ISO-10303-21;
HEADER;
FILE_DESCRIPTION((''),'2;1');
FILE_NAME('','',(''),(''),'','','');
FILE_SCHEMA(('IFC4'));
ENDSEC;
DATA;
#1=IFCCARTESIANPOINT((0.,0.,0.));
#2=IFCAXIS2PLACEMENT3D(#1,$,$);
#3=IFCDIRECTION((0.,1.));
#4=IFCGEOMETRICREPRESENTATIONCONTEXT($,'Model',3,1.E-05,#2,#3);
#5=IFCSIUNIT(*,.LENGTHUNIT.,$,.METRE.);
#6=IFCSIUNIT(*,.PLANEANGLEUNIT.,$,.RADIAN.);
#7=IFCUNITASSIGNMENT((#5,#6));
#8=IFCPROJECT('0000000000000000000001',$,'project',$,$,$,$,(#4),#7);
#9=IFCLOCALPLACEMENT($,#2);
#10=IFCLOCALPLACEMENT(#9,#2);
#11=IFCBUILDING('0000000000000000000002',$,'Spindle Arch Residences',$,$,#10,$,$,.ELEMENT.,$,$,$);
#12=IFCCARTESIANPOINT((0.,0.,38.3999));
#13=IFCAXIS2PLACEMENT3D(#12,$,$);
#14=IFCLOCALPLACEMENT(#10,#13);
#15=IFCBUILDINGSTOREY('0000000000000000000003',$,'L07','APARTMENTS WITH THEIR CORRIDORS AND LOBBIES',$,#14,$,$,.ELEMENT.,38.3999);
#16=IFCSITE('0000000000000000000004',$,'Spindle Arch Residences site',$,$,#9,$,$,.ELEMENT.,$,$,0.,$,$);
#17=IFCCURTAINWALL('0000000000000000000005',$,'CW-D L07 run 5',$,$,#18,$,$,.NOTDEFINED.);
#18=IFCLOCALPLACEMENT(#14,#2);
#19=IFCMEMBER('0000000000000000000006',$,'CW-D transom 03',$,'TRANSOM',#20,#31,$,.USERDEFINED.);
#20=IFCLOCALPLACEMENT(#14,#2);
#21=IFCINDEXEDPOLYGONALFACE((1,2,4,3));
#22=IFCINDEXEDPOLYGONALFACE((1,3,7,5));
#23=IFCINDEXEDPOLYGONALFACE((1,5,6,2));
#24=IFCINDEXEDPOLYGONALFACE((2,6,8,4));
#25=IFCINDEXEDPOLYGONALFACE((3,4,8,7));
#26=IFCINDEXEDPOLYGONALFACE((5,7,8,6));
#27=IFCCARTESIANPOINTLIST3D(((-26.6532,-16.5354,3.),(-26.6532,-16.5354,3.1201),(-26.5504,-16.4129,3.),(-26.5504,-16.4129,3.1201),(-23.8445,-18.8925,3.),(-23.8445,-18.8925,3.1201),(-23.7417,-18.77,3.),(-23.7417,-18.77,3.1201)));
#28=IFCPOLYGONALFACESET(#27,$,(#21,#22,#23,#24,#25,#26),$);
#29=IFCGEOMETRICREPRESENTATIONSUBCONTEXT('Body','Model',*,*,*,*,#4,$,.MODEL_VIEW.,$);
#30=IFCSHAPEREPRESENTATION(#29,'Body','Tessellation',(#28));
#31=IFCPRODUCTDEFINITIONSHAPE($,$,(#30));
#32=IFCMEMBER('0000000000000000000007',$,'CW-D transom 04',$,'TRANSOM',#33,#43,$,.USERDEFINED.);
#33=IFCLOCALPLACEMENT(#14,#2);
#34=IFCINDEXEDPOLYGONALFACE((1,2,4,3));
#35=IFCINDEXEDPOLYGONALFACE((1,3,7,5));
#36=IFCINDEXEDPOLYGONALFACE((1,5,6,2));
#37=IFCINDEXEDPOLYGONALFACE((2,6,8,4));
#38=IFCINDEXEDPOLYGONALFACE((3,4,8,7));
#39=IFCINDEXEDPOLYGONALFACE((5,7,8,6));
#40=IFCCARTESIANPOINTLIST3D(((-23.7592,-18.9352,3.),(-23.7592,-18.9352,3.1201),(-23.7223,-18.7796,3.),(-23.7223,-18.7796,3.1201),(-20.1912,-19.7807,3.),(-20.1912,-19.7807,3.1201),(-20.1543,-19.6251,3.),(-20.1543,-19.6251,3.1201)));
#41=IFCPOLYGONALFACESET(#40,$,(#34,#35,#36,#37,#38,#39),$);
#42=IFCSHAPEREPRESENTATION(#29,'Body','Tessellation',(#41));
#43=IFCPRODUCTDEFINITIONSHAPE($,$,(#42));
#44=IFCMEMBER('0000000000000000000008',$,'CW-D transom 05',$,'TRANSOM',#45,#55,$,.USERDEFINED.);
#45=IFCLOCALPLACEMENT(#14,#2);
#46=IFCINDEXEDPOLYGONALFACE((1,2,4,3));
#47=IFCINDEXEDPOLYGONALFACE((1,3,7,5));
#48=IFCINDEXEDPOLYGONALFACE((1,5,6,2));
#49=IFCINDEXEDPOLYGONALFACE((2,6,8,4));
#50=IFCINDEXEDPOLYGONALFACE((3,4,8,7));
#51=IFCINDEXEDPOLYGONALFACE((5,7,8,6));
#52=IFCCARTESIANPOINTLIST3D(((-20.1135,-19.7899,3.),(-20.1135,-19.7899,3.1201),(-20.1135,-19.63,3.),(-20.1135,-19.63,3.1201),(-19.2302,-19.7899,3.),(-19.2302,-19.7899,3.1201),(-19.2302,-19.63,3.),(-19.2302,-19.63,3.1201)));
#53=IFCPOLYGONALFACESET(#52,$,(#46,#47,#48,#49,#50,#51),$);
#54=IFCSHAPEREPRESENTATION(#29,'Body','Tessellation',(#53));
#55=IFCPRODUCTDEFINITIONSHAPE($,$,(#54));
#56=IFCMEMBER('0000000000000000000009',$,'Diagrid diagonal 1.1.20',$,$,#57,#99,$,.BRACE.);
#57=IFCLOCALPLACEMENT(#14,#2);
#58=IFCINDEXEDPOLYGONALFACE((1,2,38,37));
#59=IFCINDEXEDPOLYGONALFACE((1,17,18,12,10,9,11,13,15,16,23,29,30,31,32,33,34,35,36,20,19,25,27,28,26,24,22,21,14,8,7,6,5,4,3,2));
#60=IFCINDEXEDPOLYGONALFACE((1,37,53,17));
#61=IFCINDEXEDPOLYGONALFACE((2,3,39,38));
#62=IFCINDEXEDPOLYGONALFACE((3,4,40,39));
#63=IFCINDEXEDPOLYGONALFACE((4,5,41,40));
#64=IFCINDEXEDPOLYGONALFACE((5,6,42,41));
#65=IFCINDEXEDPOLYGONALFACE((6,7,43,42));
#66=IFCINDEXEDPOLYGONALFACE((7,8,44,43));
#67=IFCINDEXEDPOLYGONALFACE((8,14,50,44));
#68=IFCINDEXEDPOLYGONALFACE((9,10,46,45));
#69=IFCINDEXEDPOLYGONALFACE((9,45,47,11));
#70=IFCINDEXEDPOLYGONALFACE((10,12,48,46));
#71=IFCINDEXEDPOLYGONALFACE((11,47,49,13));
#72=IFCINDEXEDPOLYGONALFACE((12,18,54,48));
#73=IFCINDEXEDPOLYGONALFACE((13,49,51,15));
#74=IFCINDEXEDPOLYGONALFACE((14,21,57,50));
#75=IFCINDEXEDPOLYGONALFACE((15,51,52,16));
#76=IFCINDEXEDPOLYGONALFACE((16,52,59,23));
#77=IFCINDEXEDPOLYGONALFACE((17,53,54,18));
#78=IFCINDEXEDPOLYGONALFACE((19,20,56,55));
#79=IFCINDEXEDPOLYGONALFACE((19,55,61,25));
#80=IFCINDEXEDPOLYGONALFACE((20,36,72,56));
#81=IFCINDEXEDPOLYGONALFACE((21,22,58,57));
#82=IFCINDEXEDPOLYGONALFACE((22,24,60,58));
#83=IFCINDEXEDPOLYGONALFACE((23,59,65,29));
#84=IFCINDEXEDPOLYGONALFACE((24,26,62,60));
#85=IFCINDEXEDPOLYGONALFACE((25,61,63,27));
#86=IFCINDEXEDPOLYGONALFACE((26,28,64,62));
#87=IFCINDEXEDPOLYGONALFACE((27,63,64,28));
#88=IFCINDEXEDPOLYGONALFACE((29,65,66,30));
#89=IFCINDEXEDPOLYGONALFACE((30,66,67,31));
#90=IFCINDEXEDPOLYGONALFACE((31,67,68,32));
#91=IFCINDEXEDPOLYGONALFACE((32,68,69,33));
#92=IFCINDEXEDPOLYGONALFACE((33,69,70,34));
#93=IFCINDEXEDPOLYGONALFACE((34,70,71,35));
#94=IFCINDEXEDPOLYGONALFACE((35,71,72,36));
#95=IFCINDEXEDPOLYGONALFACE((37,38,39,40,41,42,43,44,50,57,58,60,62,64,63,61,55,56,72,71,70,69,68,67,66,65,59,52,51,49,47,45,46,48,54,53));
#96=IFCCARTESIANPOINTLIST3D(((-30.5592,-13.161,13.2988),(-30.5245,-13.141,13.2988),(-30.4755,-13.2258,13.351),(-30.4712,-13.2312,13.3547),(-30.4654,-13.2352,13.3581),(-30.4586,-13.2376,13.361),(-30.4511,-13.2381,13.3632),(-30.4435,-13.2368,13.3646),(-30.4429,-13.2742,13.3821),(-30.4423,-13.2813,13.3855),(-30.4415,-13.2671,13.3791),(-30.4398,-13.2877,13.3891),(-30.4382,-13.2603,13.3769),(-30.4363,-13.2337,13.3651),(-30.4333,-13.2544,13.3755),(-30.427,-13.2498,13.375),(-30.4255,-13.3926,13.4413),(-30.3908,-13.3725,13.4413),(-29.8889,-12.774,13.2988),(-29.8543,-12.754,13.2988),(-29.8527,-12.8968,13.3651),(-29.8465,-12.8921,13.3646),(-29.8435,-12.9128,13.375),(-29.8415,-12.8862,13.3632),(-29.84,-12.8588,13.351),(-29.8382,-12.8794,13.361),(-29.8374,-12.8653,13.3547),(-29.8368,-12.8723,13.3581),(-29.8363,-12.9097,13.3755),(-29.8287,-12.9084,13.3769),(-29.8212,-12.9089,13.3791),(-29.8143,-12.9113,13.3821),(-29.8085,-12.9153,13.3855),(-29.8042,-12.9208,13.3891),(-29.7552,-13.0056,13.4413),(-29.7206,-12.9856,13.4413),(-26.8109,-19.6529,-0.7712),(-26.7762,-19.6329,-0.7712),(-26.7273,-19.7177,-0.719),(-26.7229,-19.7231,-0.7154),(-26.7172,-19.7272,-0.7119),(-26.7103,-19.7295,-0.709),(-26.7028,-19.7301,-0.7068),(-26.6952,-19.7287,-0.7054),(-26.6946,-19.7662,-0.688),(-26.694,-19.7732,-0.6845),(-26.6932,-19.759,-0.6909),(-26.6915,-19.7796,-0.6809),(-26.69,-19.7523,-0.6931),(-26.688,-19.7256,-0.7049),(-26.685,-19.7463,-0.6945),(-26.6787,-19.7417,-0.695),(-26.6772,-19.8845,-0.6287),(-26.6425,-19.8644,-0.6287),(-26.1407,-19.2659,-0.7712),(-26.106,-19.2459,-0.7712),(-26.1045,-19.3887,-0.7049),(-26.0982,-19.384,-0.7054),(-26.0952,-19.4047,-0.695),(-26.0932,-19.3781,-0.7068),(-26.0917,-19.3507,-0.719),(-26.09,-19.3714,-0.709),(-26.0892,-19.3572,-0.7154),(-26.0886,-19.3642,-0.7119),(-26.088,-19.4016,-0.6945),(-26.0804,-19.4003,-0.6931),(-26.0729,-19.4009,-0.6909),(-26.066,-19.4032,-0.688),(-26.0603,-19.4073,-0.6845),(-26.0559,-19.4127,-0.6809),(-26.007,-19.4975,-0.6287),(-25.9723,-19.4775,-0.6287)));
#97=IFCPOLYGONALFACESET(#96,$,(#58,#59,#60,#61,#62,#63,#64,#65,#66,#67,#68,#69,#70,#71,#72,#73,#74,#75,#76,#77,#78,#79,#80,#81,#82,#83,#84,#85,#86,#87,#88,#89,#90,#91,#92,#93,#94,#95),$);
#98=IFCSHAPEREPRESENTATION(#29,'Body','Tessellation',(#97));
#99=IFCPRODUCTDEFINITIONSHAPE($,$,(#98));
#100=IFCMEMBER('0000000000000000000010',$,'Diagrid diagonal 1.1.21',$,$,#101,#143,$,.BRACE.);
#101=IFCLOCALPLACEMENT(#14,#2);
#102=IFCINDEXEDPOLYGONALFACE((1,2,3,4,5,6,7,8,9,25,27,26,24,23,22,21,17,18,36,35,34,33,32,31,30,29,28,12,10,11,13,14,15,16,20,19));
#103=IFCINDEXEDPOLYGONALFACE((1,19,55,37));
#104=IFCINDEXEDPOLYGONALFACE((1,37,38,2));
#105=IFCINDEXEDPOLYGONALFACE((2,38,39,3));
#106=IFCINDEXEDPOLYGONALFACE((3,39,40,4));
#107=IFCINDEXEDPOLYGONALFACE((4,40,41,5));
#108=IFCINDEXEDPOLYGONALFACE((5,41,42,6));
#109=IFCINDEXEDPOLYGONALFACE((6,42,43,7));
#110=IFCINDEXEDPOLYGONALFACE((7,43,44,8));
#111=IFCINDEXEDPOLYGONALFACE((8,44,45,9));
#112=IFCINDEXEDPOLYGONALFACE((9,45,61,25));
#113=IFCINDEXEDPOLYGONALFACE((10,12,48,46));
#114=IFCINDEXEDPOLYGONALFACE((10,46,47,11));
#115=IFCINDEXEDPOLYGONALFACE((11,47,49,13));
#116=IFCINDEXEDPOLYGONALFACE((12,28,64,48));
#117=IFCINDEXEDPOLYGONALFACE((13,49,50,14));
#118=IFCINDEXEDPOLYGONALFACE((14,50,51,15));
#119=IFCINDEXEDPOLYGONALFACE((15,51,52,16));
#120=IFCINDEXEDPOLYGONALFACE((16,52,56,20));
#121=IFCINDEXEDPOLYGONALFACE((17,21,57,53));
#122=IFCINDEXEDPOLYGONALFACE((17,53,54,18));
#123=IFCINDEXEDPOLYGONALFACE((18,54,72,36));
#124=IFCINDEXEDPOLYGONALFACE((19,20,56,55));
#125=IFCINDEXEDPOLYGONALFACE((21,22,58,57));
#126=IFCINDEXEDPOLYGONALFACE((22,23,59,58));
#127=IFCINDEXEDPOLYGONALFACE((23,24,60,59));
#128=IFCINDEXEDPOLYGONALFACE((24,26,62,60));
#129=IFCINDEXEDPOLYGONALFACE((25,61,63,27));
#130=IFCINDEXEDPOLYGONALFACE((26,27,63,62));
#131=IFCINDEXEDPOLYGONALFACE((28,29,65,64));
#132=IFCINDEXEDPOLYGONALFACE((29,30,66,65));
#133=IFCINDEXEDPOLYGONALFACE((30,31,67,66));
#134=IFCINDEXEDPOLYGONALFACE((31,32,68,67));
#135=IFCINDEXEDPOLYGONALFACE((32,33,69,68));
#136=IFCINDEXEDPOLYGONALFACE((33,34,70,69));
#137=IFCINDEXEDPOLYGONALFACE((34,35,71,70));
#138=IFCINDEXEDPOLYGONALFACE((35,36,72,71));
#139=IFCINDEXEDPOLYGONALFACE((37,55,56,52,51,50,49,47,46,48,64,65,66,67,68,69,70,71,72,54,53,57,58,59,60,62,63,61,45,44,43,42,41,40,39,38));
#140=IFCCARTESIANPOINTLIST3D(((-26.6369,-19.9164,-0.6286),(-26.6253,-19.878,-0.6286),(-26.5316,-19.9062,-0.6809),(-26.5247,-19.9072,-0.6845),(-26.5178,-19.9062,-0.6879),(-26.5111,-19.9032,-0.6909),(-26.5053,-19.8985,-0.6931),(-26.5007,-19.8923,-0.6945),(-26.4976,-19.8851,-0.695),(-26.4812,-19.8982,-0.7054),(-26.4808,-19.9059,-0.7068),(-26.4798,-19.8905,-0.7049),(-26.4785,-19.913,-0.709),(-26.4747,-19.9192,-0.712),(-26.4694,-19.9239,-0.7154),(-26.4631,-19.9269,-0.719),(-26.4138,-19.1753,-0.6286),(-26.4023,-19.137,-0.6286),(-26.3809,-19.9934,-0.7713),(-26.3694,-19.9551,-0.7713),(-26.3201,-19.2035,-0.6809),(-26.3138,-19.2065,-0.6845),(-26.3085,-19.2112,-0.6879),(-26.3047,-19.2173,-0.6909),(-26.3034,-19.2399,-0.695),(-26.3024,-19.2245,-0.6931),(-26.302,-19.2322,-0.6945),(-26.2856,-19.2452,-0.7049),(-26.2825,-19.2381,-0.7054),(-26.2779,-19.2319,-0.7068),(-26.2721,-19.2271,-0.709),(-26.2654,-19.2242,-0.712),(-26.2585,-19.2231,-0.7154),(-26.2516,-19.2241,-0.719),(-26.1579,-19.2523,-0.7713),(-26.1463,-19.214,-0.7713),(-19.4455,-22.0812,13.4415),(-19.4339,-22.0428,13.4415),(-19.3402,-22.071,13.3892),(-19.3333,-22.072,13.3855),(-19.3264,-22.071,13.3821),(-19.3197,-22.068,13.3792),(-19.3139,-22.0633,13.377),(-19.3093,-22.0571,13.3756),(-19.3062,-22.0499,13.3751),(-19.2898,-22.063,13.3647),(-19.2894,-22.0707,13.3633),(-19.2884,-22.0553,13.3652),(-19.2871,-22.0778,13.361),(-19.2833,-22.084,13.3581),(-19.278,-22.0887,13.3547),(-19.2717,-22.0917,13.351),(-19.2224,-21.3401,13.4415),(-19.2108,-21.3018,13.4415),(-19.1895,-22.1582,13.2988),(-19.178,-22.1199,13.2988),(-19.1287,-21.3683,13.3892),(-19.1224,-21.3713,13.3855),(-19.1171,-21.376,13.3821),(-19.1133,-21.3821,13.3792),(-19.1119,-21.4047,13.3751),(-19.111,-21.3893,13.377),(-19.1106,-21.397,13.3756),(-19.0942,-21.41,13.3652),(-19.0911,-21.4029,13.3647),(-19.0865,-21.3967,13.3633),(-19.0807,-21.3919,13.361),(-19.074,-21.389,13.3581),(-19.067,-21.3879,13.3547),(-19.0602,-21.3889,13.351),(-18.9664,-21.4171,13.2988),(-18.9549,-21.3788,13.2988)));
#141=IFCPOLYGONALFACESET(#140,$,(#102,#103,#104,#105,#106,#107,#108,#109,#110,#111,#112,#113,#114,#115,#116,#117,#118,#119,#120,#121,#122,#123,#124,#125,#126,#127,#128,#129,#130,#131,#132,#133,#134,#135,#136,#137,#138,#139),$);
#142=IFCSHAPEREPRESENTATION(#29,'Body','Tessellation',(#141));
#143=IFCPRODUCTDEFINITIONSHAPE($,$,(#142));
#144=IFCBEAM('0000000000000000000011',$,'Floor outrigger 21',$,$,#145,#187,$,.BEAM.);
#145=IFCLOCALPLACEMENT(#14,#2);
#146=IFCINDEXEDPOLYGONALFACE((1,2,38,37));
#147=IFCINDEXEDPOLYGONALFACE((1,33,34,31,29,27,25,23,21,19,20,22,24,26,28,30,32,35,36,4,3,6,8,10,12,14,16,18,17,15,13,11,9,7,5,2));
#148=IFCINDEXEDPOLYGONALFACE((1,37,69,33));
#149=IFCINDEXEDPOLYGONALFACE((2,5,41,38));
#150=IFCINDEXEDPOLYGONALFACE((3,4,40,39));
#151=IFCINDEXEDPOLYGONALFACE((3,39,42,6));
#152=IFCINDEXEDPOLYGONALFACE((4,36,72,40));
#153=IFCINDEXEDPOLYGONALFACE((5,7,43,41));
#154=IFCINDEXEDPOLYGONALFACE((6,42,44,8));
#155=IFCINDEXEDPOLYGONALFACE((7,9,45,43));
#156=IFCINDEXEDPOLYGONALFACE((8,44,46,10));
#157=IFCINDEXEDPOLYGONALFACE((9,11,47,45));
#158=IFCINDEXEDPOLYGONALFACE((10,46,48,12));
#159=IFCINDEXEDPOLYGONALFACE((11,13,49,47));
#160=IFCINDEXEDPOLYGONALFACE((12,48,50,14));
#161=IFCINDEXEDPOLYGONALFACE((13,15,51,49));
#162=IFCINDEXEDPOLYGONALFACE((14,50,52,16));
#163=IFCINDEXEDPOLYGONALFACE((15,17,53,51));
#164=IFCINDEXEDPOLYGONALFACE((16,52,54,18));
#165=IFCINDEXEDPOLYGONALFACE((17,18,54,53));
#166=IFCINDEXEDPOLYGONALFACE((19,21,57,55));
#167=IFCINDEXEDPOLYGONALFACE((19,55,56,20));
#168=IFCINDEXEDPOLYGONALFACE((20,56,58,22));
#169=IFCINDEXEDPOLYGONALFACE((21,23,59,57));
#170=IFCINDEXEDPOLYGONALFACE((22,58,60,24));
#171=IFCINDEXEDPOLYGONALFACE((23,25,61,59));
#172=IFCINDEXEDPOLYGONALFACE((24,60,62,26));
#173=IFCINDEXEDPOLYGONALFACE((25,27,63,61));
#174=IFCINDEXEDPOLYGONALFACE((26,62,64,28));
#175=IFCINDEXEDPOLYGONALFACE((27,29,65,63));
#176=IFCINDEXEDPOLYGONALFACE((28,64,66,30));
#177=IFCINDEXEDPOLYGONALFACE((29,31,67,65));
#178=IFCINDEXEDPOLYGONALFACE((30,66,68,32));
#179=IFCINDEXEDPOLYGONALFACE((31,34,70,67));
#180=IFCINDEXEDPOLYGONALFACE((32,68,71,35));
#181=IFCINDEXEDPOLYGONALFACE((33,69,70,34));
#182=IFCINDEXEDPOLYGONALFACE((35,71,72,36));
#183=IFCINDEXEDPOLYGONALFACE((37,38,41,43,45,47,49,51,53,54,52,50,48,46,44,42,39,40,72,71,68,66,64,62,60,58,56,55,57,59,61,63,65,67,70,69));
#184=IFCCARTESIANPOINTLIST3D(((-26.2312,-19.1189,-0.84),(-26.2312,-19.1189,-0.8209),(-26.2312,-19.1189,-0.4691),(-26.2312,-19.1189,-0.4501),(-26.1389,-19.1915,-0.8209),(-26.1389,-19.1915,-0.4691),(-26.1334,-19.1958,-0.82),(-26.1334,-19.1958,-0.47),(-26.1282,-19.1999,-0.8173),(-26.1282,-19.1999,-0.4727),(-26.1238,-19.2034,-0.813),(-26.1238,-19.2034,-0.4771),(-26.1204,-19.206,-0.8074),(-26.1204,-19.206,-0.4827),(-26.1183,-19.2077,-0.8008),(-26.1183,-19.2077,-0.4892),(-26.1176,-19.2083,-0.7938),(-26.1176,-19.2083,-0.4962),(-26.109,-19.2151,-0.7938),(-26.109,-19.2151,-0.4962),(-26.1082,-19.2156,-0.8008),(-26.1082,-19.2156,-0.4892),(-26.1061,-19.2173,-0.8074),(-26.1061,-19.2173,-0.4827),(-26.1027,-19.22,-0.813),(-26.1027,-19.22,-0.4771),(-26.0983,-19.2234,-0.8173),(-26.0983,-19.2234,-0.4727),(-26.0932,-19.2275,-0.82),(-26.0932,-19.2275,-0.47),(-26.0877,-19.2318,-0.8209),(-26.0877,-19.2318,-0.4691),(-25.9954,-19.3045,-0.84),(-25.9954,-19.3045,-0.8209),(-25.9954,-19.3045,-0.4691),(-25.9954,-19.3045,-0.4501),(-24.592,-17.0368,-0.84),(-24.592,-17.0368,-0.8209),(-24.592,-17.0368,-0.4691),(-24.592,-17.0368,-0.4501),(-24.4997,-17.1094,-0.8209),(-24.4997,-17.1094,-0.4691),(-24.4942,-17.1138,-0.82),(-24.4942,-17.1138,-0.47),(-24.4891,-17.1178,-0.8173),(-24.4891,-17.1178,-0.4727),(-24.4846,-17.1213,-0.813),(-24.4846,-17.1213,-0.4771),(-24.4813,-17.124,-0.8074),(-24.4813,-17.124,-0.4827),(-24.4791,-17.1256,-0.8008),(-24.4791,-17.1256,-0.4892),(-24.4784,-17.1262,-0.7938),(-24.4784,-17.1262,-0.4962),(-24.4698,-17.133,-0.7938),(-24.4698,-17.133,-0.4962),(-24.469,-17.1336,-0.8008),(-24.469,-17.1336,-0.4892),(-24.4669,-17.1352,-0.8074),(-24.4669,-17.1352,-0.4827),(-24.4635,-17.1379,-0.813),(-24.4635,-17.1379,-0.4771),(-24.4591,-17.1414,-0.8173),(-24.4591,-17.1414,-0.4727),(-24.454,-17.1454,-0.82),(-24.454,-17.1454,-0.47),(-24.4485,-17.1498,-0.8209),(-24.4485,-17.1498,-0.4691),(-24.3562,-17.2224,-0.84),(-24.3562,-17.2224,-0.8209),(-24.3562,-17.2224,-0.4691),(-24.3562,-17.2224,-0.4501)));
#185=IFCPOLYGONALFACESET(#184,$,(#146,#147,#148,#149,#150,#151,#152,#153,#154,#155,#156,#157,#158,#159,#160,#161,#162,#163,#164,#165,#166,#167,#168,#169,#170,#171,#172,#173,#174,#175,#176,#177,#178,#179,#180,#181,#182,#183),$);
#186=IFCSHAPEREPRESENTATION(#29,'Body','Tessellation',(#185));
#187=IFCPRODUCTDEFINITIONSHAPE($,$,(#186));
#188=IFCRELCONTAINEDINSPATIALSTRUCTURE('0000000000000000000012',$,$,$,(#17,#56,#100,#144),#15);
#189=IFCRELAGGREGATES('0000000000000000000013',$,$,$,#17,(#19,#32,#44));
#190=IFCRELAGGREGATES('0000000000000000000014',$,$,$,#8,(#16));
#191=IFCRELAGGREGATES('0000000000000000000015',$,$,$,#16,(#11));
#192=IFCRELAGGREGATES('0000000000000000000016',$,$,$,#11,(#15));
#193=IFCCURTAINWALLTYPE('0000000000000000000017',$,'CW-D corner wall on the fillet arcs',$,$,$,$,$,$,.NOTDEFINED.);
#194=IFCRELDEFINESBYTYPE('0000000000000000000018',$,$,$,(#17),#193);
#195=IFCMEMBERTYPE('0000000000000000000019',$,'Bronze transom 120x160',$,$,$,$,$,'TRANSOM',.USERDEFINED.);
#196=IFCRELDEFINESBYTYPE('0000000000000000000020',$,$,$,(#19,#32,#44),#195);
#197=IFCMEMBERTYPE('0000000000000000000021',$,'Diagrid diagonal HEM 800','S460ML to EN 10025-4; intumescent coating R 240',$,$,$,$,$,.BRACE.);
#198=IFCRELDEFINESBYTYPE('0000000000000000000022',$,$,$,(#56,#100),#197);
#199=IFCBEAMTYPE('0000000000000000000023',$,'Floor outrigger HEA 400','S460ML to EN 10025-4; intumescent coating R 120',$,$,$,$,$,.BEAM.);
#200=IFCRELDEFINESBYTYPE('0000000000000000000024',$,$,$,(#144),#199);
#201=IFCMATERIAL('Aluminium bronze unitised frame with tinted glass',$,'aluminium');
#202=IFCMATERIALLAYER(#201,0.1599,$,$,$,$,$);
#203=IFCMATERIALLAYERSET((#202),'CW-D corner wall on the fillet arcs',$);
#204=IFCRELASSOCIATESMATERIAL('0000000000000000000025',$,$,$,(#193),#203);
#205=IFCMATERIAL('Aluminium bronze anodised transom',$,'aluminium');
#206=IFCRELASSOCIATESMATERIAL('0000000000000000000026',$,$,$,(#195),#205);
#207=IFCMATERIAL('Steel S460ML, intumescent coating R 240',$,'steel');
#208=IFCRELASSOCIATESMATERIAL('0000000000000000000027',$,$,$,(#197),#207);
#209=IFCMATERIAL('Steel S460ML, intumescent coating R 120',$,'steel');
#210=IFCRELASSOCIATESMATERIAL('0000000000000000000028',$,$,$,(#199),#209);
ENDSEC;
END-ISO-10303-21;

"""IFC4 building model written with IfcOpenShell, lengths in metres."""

from ifc_helpers import new_model, si_unit, direction, frame, origin, origin_2d, place, context, subcontext, project, spatial, rectangle, i_section, extrude, material, layer, layer_set, material_profile, profile_set, type_object, element, aggregate, save


model = new_model("IFC4")

# Units and contexts
model_context = context("Model", 3, precision=1e-05, world=origin(), true_north=direction((0.0, 1.0)))
body_context = subcontext(model_context, "Body", "Model", "MODEL_VIEW")
ifc_project = project(units=[si_unit("LENGTHUNIT", "METRE"), si_unit("PLANEANGLEUNIT", "RADIAN")], contexts=[model_context])

# Site, building, storey
site_placement = place(None, origin())
site = spatial("IfcSite", under=ifc_project, at=site_placement, Name="Spindle Arch Residences site", CompositionType="ELEMENT", RefElevation=0.0)
building_placement = place(site_placement, origin())
building = spatial("IfcBuilding", under=site, at=building_placement, Name="Spindle Arch Residences", CompositionType="ELEMENT")
storey_placement = place(building_placement, frame((0.0, 0.0, 38.3999)))
storey = spatial("IfcBuildingStorey", under=building, at=storey_placement, Name="L07", Description="APARTMENTS WITH THEIR CORRIDORS AND LOBBIES", CompositionType="ELEMENT", Elevation=38.3999)

# Curtain wall, members
ifc_material_1 = material(Name="Aluminium bronze unitised frame with tinted glass", Category="aluminium")
ifc_layer_1 = layer(ifc_material_1, 0.1599)
ifc_layer_set_1 = layer_set([ifc_layer_1], Name="CW-D corner wall on the fillet arcs")
curtain_wall_type = type_object("IfcCurtainWallType", Name="CW-D corner wall on the fillet arcs", PredefinedType="NOTDEFINED", material=ifc_layer_set_1)
curtain_wall_placement = place(storey_placement, origin())
curtain_wall = element("IfcCurtainWall", 1, at=curtain_wall_placement, inside=storey, type_object=curtain_wall_type, Name="CW-D L07 run 5", PredefinedType="NOTDEFINED")
ifc_material_2 = material(Name="Aluminium bronze anodised transom", Category="aluminium")
ifc_material_profile_1 = material_profile(ifc_material_2, rectangle(XDim=0.1599, YDim=0.1201, at=origin_2d()), Name="TR 120x160")
ifc_profile_set_1 = profile_set([ifc_material_profile_1], Name="Aluminium bronze anodised transom")
member_type_1 = type_object("IfcMemberType", Name="Bronze transom 120x160", ElementType="TRANSOM", PredefinedType="USERDEFINED", material=ifc_profile_set_1)
member_1_placement = place(storey_placement, frame((-26.6018, -16.4741, 3.0601), z_axis=(0.766006, -0.642833, 0.0), x_axis=(0.642833, 0.766006, 0.0)))
member_1 = element("IfcMember", 2, at=member_1_placement, type_object=member_type_1, Name="CW-D transom 03", ObjectType="TRANSOM", PredefinedType="USERDEFINED", context=body_context, shape_type="SweptSolid", body=[
    extrude(rectangle(XDim=0.1599, YDim=0.1201, at=origin_2d()), origin(), (0.0, 0.0, 1.0), 3.6667),
])
member_2_placement = place(storey_placement, frame((-23.7407, -18.8574, 3.0601), z_axis=(0.973054, -0.230579, 0.0), x_axis=(0.230579, 0.973054, 0.0)))
member_2 = element("IfcMember", 3, at=member_2_placement, type_object=member_type_1, Name="CW-D transom 04", ObjectType="TRANSOM", PredefinedType="USERDEFINED", context=body_context, shape_type="SweptSolid", body=[
    extrude(rectangle(XDim=0.1599, YDim=0.1201, at=origin_2d()), origin(), (0.0, 0.0, 1.0), 3.6667),
])
member_3_placement = place(storey_placement, frame((-20.1135, -19.71, 3.0601), z_axis=(1.0, 0.0, 0.0), x_axis=(0.0, 1.0, 0.0)))
member_3 = element("IfcMember", 4, at=member_3_placement, type_object=member_type_1, Name="CW-D transom 05", ObjectType="TRANSOM", PredefinedType="USERDEFINED", context=body_context, shape_type="SweptSolid", body=[
    extrude(rectangle(XDim=0.1599, YDim=0.1201, at=origin_2d()), origin(), (0.0, 0.0, 1.0), 0.8833),
])

# Members
ifc_material_3 = material(Name="Steel S460ML, intumescent coating R 240", Category="steel")
ifc_material_profile_2 = material_profile(ifc_material_3, i_section(OverallWidth=0.303, OverallDepth=0.814, WebThickness=0.021, FlangeThickness=0.04, FilletRadius=0.03, at=origin_2d()), Name="HEM 800")
ifc_profile_set_2 = profile_set([ifc_material_profile_2], Name="Steel S460ML, intumescent coating R 240")
member_type_2 = type_object("IfcMemberType", Name="Diagrid diagonal HEM 800", Description="S460ML to EN 10025-4; intumescent coating R 240", PredefinedType="BRACE", material=ifc_profile_set_2)
member_4_placement = place(storey_placement, frame((-26.3916, -19.5652, -0.7), z_axis=(-0.235114, 0.407211, 0.882553), x_axis=(0.441291, -0.764305, 0.470212)))
element("IfcMember", 5, at=member_4_placement, inside=storey, type_object=member_type_2, Name="Diagrid diagonal 1.1.20", PredefinedType="BRACE", context=body_context, shape_type="SweptSolid", body=[
    extrude(i_section(OverallWidth=0.303, OverallDepth=0.814, WebThickness=0.021, FlangeThickness=0.04, FilletRadius=0.03, at=origin_2d()), origin(), (0.0, 0.0, 1.0), 15.9424),
])
member_5_placement = place(storey_placement, frame((-26.3916, -19.5652, -0.7), z_axis=(0.450901, -0.135733, 0.882193), x_axis=(-0.844749, 0.254291, 0.470888)))
element("IfcMember", 6, at=member_5_placement, inside=storey, type_object=member_type_2, Name="Diagrid diagonal 1.1.21", PredefinedType="BRACE", context=body_context, shape_type="SweptSolid", body=[
    extrude(i_section(OverallWidth=0.303, OverallDepth=0.814, WebThickness=0.021, FlangeThickness=0.04, FilletRadius=0.03, at=origin_2d()), origin(), (0.0, 0.0, 1.0), 15.949),
])

# Beam
ifc_material_4 = material(Name="Steel S460ML, intumescent coating R 120", Category="steel")
ifc_material_profile_3 = material_profile(ifc_material_4, i_section(OverallWidth=0.3, OverallDepth=0.3899, WebThickness=0.011, FlangeThickness=0.019, FilletRadius=0.0271, at=origin_2d()), Name="HEA 400")
ifc_profile_set_3 = profile_set([ifc_material_profile_3], Name="Steel S460ML, intumescent coating R 120")
beam_type = type_object("IfcBeamType", Name="Floor outrigger HEA 400", Description="S460ML to EN 10025-4; intumescent coating R 120", PredefinedType="BEAM", material=ifc_profile_set_3)
beam_placement = place(storey_placement, frame((-26.1133, -19.2117, -0.645), z_axis=(0.618586, 0.785717, 0.0), x_axis=(-0.785717, 0.618586, 0.0)))
element("IfcBeam", 7, at=beam_placement, inside=storey, type_object=beam_type, Name="Floor outrigger 21", PredefinedType="BEAM", context=body_context, shape_type="SweptSolid", body=[
    extrude(i_section(OverallWidth=0.3, OverallDepth=0.3899, WebThickness=0.011, FlangeThickness=0.019, FilletRadius=0.0271, at=origin_2d()), origin(), (0.0, 0.0, 1.0), 2.6499),
])

aggregate(curtain_wall, [member_1, member_2, member_3])

save(model, "model.ifc")
